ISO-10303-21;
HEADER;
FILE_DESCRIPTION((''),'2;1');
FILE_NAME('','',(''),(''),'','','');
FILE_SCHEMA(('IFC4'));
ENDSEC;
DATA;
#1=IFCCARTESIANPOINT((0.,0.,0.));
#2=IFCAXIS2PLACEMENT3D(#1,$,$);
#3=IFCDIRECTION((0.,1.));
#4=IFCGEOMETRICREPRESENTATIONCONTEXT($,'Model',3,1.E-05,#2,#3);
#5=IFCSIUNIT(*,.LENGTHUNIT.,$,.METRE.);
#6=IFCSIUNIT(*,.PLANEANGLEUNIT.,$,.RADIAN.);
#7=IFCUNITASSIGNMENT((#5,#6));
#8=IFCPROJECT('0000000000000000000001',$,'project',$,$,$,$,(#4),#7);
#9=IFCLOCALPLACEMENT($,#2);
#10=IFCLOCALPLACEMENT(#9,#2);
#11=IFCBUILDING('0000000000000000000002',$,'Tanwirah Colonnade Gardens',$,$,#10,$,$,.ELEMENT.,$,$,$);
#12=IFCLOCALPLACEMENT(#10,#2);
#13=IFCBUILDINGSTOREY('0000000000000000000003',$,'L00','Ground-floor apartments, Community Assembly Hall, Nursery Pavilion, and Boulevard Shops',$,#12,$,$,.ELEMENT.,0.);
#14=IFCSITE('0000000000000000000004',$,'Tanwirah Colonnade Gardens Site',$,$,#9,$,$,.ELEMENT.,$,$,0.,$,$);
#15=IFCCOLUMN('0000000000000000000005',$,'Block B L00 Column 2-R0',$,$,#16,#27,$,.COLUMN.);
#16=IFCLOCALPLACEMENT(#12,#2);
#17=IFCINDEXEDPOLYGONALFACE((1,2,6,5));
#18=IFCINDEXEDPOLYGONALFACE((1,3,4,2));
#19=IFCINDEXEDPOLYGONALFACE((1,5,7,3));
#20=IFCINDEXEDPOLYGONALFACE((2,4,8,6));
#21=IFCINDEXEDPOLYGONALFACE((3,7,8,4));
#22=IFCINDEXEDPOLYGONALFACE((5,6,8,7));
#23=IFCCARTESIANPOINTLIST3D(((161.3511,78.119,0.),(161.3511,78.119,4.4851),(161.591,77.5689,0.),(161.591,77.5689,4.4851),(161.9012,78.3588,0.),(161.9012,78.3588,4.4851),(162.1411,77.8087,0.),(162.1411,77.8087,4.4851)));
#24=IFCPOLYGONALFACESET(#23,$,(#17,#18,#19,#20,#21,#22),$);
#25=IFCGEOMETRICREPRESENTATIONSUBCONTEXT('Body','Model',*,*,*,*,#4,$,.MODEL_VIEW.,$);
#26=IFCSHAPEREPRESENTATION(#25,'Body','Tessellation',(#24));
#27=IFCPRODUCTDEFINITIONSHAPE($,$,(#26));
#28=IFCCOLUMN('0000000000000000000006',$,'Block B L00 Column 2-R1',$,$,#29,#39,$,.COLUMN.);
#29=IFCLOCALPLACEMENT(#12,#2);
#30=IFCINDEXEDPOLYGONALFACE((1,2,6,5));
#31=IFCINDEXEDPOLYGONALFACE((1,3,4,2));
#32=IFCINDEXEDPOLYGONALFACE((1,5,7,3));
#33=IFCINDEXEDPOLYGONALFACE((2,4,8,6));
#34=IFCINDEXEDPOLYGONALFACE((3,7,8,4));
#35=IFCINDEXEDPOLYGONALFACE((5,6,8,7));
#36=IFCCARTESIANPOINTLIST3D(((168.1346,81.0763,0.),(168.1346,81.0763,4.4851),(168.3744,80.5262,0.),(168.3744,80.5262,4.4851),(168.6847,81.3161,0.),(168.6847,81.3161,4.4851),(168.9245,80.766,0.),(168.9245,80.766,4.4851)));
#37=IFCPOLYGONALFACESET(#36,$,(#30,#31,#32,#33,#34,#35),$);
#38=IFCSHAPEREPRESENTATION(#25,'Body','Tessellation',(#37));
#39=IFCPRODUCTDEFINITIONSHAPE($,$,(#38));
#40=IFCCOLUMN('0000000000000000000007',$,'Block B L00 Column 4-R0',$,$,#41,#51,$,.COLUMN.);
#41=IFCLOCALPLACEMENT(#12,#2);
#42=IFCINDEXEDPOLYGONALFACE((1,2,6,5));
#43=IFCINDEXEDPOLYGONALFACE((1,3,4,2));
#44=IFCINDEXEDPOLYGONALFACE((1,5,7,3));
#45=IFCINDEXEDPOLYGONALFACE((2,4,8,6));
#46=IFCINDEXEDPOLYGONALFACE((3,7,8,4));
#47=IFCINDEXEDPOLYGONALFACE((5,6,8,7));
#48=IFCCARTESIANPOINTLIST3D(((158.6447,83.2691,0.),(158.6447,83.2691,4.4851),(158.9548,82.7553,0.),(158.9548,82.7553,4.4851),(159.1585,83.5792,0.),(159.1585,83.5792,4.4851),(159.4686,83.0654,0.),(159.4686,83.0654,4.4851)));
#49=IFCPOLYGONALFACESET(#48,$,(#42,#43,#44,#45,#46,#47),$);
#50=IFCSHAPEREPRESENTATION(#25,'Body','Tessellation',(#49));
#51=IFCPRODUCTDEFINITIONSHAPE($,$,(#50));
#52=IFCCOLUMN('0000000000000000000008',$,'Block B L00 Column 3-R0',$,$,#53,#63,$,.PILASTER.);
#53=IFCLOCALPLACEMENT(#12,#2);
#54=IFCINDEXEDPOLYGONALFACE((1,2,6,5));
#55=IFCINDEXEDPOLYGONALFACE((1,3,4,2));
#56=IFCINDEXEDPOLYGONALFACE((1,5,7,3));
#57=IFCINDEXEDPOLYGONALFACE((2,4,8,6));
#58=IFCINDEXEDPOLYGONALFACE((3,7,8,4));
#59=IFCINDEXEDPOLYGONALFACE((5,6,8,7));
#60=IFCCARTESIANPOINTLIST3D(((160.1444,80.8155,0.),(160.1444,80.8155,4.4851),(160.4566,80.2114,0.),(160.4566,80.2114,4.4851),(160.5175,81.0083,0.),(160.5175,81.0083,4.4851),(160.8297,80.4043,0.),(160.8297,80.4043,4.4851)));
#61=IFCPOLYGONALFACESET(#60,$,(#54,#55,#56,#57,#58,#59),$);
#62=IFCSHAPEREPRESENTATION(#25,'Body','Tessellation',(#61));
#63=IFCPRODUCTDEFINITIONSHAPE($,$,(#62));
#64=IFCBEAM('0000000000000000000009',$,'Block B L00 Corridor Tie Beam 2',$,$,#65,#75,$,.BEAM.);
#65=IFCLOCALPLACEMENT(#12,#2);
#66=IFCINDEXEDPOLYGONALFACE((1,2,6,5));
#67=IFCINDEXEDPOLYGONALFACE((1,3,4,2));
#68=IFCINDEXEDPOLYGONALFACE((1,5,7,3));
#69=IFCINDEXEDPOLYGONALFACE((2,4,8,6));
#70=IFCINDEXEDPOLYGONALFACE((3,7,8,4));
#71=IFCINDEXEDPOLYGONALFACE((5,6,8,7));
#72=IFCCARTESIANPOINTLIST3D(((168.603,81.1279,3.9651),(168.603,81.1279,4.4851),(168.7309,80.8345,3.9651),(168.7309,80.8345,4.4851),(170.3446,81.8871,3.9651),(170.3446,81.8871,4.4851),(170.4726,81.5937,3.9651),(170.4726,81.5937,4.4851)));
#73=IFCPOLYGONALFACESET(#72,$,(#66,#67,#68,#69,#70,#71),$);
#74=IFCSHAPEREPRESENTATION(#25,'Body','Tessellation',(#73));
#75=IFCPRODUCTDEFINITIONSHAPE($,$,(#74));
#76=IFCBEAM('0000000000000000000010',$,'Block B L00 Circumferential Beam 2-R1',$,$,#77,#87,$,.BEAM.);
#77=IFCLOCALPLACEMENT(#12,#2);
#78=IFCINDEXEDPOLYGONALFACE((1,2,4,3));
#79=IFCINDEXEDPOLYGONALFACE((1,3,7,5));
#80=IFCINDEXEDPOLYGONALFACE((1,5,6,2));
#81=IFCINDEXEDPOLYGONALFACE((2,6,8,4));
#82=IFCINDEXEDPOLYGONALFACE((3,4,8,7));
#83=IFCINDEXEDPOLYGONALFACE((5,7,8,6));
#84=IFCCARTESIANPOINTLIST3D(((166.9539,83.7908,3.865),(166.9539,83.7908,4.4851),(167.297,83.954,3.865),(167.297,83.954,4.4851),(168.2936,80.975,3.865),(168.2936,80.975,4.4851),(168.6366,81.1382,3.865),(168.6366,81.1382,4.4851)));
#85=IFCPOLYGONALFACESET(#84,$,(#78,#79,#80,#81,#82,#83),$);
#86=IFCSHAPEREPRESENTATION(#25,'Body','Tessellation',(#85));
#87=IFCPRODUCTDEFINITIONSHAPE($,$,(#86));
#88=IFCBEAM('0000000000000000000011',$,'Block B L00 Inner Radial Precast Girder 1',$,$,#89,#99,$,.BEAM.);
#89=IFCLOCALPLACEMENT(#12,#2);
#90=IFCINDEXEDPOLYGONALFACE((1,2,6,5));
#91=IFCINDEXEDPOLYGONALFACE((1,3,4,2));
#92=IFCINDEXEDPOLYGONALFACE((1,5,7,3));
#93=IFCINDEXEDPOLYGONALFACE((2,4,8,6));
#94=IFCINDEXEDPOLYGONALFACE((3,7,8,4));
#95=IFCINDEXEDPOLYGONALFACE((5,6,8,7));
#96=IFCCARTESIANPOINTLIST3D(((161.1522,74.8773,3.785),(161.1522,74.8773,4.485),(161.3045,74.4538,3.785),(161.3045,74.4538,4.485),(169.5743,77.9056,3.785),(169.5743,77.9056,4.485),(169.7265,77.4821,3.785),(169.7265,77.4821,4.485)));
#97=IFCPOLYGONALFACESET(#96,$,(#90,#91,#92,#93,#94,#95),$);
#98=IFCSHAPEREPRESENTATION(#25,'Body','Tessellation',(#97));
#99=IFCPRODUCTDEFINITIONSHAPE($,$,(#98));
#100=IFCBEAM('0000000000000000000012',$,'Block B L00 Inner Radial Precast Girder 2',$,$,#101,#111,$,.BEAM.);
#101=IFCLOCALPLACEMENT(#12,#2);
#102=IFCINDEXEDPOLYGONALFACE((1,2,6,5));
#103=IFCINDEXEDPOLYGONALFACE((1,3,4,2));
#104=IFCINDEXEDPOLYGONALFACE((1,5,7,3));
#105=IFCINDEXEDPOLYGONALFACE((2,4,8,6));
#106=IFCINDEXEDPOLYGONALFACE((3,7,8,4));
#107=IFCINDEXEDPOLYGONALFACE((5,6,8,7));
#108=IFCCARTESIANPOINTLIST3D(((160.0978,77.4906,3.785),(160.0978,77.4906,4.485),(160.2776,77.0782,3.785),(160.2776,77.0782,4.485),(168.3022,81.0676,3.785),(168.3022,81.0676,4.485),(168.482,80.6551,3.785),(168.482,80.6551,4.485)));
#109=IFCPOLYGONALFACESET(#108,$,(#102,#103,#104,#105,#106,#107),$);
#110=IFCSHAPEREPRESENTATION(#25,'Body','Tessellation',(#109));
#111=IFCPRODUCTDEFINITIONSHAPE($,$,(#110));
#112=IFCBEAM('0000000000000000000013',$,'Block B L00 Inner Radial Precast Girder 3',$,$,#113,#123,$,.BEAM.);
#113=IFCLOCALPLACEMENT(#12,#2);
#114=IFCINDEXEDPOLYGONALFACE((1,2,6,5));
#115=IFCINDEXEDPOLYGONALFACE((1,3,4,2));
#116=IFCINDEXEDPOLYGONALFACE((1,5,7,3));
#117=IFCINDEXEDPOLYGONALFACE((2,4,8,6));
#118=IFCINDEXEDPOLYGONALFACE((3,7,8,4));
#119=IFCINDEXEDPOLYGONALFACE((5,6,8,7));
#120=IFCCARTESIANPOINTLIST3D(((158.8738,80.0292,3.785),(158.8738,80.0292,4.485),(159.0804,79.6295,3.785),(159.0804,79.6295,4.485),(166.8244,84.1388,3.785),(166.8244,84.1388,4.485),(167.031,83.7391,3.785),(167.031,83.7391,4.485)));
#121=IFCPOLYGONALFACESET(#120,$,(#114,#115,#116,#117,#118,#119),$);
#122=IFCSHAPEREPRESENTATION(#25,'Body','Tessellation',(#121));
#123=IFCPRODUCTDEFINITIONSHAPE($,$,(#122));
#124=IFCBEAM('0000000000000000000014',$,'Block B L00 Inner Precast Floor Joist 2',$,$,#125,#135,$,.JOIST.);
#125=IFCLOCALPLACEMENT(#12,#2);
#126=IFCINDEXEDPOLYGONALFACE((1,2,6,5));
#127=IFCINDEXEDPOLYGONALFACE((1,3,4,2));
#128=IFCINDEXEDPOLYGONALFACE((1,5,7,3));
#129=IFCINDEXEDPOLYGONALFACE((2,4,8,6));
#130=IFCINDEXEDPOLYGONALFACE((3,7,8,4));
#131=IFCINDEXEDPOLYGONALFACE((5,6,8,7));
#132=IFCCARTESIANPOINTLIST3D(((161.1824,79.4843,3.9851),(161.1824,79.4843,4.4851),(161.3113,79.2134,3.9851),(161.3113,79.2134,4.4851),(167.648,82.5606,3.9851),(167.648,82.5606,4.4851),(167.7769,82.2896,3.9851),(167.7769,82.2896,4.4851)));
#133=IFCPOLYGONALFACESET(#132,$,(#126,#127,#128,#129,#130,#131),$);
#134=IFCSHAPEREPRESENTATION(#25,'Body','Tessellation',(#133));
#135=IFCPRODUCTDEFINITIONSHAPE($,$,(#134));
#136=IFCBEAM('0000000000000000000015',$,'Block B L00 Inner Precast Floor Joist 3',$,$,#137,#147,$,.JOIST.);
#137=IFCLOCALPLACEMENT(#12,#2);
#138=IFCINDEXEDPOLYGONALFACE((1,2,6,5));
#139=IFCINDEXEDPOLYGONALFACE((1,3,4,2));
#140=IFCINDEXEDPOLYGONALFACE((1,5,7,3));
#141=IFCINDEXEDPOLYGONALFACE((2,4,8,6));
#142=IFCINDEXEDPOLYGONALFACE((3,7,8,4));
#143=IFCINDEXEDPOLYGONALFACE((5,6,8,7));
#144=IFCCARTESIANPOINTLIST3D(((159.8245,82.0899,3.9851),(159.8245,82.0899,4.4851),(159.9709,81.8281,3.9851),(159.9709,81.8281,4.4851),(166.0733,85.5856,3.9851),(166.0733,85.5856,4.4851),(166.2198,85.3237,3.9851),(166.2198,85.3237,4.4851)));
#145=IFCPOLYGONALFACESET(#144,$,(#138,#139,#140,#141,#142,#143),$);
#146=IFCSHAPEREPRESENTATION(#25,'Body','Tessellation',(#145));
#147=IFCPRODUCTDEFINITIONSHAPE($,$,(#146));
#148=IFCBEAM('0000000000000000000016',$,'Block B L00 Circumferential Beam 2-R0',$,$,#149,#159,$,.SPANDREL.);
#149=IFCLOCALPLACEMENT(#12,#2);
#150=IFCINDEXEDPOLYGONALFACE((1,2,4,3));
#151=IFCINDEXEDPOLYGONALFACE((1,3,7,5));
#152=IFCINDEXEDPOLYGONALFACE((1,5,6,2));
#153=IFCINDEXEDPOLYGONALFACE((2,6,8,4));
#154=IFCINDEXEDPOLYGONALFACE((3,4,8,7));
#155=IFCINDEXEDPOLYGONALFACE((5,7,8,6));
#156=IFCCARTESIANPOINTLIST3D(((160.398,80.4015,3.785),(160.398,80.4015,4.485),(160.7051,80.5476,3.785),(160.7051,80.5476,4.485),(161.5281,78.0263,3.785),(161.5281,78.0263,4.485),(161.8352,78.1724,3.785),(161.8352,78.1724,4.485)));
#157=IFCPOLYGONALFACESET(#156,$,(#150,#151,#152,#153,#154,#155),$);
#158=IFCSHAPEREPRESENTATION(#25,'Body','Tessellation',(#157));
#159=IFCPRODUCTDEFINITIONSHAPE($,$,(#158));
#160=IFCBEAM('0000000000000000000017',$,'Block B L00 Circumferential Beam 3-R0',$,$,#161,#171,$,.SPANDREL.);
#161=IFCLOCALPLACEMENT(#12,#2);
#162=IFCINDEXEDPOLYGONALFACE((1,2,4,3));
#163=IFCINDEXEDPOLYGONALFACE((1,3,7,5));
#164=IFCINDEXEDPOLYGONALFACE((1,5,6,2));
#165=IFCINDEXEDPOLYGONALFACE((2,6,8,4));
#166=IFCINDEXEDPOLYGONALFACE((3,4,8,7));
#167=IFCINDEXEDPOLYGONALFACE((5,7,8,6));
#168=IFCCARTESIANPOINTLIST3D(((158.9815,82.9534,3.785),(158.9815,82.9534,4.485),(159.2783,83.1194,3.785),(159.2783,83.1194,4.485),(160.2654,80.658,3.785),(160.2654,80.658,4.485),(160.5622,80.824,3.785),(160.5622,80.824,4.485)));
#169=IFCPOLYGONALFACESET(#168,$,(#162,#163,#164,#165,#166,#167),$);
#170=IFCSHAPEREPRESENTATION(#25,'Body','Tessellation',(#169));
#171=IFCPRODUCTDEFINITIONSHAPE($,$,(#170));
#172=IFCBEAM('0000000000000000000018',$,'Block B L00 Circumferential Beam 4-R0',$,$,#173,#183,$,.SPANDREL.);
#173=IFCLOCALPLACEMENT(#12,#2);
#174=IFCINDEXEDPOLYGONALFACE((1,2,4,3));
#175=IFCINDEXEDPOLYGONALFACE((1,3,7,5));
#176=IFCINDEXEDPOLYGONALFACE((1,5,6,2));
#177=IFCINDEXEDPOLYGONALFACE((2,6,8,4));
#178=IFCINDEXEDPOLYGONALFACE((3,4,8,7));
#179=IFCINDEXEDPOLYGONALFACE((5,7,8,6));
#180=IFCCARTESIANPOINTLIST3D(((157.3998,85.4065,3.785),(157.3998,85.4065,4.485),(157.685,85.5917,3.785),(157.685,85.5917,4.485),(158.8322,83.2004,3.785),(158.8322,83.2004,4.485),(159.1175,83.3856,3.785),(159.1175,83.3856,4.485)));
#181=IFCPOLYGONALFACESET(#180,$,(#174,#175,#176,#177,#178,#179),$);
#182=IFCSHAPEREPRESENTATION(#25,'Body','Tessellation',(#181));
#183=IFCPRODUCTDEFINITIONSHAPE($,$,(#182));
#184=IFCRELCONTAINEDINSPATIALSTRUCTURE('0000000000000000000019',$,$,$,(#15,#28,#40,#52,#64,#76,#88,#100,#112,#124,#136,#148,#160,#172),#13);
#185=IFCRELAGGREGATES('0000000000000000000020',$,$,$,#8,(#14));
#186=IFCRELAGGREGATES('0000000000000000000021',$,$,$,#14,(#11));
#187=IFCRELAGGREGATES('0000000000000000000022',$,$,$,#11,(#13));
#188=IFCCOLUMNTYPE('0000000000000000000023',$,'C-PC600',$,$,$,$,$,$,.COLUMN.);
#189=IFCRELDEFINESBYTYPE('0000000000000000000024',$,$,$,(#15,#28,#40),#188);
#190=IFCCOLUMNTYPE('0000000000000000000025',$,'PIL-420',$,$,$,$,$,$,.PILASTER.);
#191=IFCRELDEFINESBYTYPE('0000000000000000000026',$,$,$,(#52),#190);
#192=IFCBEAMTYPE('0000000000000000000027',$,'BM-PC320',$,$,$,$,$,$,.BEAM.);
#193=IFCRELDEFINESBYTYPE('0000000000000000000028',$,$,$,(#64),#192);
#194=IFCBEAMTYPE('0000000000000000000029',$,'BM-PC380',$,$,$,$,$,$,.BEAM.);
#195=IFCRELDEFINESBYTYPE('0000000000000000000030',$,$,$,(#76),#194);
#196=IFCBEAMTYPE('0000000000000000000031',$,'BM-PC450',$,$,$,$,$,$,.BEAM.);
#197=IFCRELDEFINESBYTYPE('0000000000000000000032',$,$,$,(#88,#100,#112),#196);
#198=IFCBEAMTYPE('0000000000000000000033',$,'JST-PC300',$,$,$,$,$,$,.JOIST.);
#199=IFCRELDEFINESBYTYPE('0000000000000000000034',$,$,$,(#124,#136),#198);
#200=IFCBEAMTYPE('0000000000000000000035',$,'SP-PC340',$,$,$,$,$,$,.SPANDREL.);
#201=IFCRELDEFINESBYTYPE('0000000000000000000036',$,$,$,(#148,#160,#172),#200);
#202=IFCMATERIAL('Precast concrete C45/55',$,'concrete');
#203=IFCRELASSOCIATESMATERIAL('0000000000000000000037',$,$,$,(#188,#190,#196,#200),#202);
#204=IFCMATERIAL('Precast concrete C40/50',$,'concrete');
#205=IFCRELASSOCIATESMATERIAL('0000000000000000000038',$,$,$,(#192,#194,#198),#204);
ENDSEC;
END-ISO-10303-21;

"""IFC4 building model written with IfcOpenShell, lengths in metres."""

from ifc_helpers import new_model, si_unit, direction, frame, origin, origin_2d, place, context, subcontext, project, spatial, rectangle, extrude, material, material_profile, profile_set, type_object, element, save


model = new_model("IFC4")

# Units and contexts
model_context = context("Model", 3, precision=1e-05, world=origin(), true_north=direction((0.0, 1.0)))
body_context = subcontext(model_context, "Body", "Model", "MODEL_VIEW")
ifc_project = project(units=[si_unit("LENGTHUNIT", "METRE"), si_unit("PLANEANGLEUNIT", "RADIAN")], contexts=[model_context])

# Site, building, storey
site_placement = place(None, origin())
site = spatial("IfcSite", under=ifc_project, at=site_placement, Name="Tanwirah Colonnade Gardens Site", CompositionType="ELEMENT", RefElevation=0.0)
building_placement = place(site_placement, origin())
building = spatial("IfcBuilding", under=site, at=building_placement, Name="Tanwirah Colonnade Gardens", CompositionType="ELEMENT")
storey_placement = place(building_placement, origin())
storey = spatial("IfcBuildingStorey", under=building, at=storey_placement, Name="L00", Description="Ground-floor apartments, Community Assembly Hall, Nursery Pavilion, and Boulevard Shops", CompositionType="ELEMENT", Elevation=0.0)

# Columns
ifc_material_1 = material(Name="Precast concrete C45/55", Category="concrete")
ifc_material_profile_1 = material_profile(ifc_material_1, rectangle(XDim=0.6001, YDim=0.6001, at=origin_2d()), Name="PC-COL 600x600")
ifc_profile_set_1 = profile_set([ifc_material_profile_1], Name="Precast concrete C45/55")
column_type_1 = type_object("IfcColumnType", Name="C-PC600", PredefinedType="COLUMN", material=ifc_profile_set_1)
for number, where, z_axis, x_axis, name in (
    (1, (161.7461, 77.9639, 0.0), (0.0, 0.0, 1.0), (0.916673, 0.399638, 0.0), "Block B L00 Column 2-R0"),
    (2, (168.5295, 80.9211, 0.0), (0.0, 0.0, 1.0), (0.916673, 0.399638, 0.0), "Block B L00 Column 2-R1"),
    (3, (159.0566, 83.1672, 0.0), (0.0, 0.0, 1.0), (0.856167, 0.516699, 0.0), "Block B L00 Column 4-R0"),
):
    element("IfcColumn", number, at=place(storey_placement, frame(where, z_axis=z_axis, x_axis=x_axis)), inside=storey, type_object=column_type_1, Name=name, PredefinedType="COLUMN", context=body_context, shape_type="SweptSolid", body=[
        extrude(rectangle(XDim=0.6001, YDim=0.6001, at=origin_2d()), origin(), (0.0, 0.0, 1.0), 4.4851),
    ])
ifc_material_profile_2 = material_profile(ifc_material_1, rectangle(XDim=0.4199, YDim=0.6799, at=origin_2d()), Name="PC-PIL 420x680")
ifc_profile_set_2 = profile_set([ifc_material_profile_2], Name="Precast concrete C45/55")
column_type_2 = type_object("IfcColumnType", Name="PIL-420", PredefinedType="PILASTER", material=ifc_profile_set_2)
column_placement = place(storey_placement, frame((160.4871, 80.6099, 0.0), z_axis=(0.0, 0.0, 1.0), x_axis=(0.88835, 0.459166, 0.0)))
element("IfcColumn", 4, at=column_placement, inside=storey, type_object=column_type_2, Name="Block B L00 Column 3-R0", PredefinedType="PILASTER", context=body_context, shape_type="SweptSolid", body=[
    extrude(rectangle(XDim=0.4199, YDim=0.6799, at=origin_2d()), origin(), (0.0, 0.0, 1.0), 4.4851),
])

# Beams
ifc_material_2 = material(Name="Precast concrete C40/50", Category="concrete")
ifc_material_profile_3 = material_profile(ifc_material_2, rectangle(XDim=0.3201, YDim=0.52, at=origin_2d()), Name="PC-BM 320x520")
ifc_profile_set_3 = profile_set([ifc_material_profile_3], Name="Precast concrete C40/50")
beam_type_1 = type_object("IfcBeamType", Name="BM-PC320", PredefinedType="BEAM", material=ifc_profile_set_3)
beam_1_placement = place(storey_placement, frame((168.667, 80.9812, 4.2251), z_axis=(0.916681, 0.399619, 0.0), x_axis=(-0.399619, 0.916681, 0.0)))
element("IfcBeam", 5, at=beam_1_placement, inside=storey, type_object=beam_type_1, Name="Block B L00 Corridor Tie Beam 2", PredefinedType="BEAM", context=body_context, shape_type="SweptSolid", body=[
    extrude(rectangle(XDim=0.3201, YDim=0.52, at=origin_2d()), origin(), (0.0, 0.0, 1.0), 1.8999),
])
ifc_material_profile_4 = material_profile(ifc_material_2, rectangle(XDim=0.3799, YDim=0.6201, at=origin_2d()), Name="PC-BM 380x620")
ifc_profile_set_4 = profile_set([ifc_material_profile_4], Name="Precast concrete C40/50")
beam_type_2 = type_object("IfcBeamType", Name="BM-PC380", PredefinedType="BEAM", material=ifc_profile_set_4)
beam_2_placement = place(storey_placement, frame((168.4651, 81.0566, 4.175), z_axis=(-0.429621, 0.90301, 0.0), x_axis=(-0.90301, -0.429621, 0.0)))
element("IfcBeam", 6, at=beam_2_placement, inside=storey, type_object=beam_type_2, Name="Block B L00 Circumferential Beam 2-R1", PredefinedType="BEAM", context=body_context, shape_type="SweptSolid", body=[
    extrude(rectangle(XDim=0.3799, YDim=0.6201, at=origin_2d()), origin(), (0.0, 0.0, 1.0), 3.1182),
])
ifc_material_profile_5 = material_profile(ifc_material_1, rectangle(XDim=0.45, YDim=0.7, at=origin_2d()), Name="PC-BM 450x700")
ifc_profile_set_5 = profile_set([ifc_material_profile_5], Name="Precast concrete C45/55")
beam_type_3 = type_object("IfcBeamType", Name="BM-PC450", PredefinedType="BEAM", material=ifc_profile_set_5)
beam_3_placement = place(storey_placement, frame((169.6504, 77.6938, 4.135), z_axis=(-0.941017, -0.338359, 0.0), x_axis=(0.338359, -0.941017, 0.0)))
element("IfcBeam", 7, at=beam_3_placement, inside=storey, type_object=beam_type_3, Name="Block B L00 Inner Radial Precast Girder 1", PredefinedType="BEAM", context=body_context, shape_type="SweptSolid", body=[
    extrude(rectangle(XDim=0.45, YDim=0.7, at=origin_2d()), origin(), (0.0, 0.0, 1.0), 8.95),
])
beam_4_placement = place(storey_placement, frame((168.3921, 80.8613, 4.135), z_axis=(-0.916669, -0.399647, 0.0), x_axis=(0.399647, -0.916669, 0.0)))
element("IfcBeam", 8, at=beam_4_placement, inside=storey, type_object=beam_type_3, Name="Block B L00 Inner Radial Precast Girder 2", PredefinedType="BEAM", context=body_context, shape_type="SweptSolid", body=[
    extrude(rectangle(XDim=0.45, YDim=0.7, at=origin_2d()), origin(), (0.0, 0.0, 1.0), 8.9502),
])
beam_5_placement = place(storey_placement, frame((166.9277, 83.939, 4.135), z_axis=(-0.888345, -0.459176, 0.0), x_axis=(0.459176, -0.888345, 0.0)))
element("IfcBeam", 9, at=beam_5_placement, inside=storey, type_object=beam_type_3, Name="Block B L00 Inner Radial Precast Girder 3", PredefinedType="BEAM", context=body_context, shape_type="SweptSolid", body=[
    extrude(rectangle(XDim=0.45, YDim=0.7, at=origin_2d()), origin(), (0.0, 0.0, 1.0), 8.95),
])
ifc_material_profile_6 = material_profile(ifc_material_2, rectangle(XDim=0.3, YDim=0.5, at=origin_2d()), Name="PC-JST 300x500")
ifc_profile_set_6 = profile_set([ifc_material_profile_6], Name="Precast concrete C40/50")
beam_type_4 = type_object("IfcBeamType", Name="JST-PC300", PredefinedType="JOIST", material=ifc_profile_set_6)
for number, where, z_axis, x_axis, name in (
    (10, (161.2468, 79.3489, 4.2351), (0.903005, 0.429629, 0.0), (-0.429629, 0.903005, 0.0), "Block B L00 Inner Precast Floor Joist 2"),
    (11, (159.8977, 81.959, 4.2351), (0.872727, 0.488209, 0.0), (-0.488209, 0.872727, 0.0), "Block B L00 Inner Precast Floor Joist 3"),
):
    element("IfcBeam", number, at=place(storey_placement, frame(where, z_axis=z_axis, x_axis=x_axis)), inside=storey, type_object=beam_type_4, Name=name, PredefinedType="JOIST", context=body_context, shape_type="SweptSolid", body=[
        extrude(rectangle(XDim=0.3, YDim=0.5, at=origin_2d()), origin(), (0.0, 0.0, 1.0), 7.1602),
    ])
ifc_material_profile_7 = material_profile(ifc_material_1, rectangle(XDim=0.3401, YDim=0.7, at=origin_2d()), Name="PC-SP 340x700")
ifc_profile_set_7 = profile_set([ifc_material_profile_7], Name="Precast concrete C45/55")
beam_type_5 = type_object("IfcBeamType", Name="SP-PC340", PredefinedType="SPANDREL", material=ifc_profile_set_7)
beam_6_placement = place(storey_placement, frame((161.6816, 78.0994, 4.135), z_axis=(-0.429642, 0.902999, 0.0), x_axis=(-0.902999, -0.429642, 0.0)))
element("IfcBeam", 12, at=beam_6_placement, inside=storey, type_object=beam_type_5, Name="Block B L00 Circumferential Beam 2-R0", PredefinedType="SPANDREL", context=body_context, shape_type="SweptSolid", body=[
    extrude(rectangle(XDim=0.3401, YDim=0.7, at=origin_2d()), origin(), (0.0, 0.0, 1.0), 2.6304),
])
beam_7_placement = place(storey_placement, frame((160.4138, 80.741, 4.135), z_axis=(-0.488171, 0.872748, 0.0), x_axis=(-0.872748, -0.488171, 0.0)))
element("IfcBeam", 13, at=beam_7_placement, inside=storey, type_object=beam_type_5, Name="Block B L00 Circumferential Beam 3-R0", PredefinedType="SPANDREL", context=body_context, shape_type="SweptSolid", body=[
    extrude(rectangle(XDim=0.3401, YDim=0.7, at=origin_2d()), origin(), (0.0, 0.0, 1.0), 2.6301),
])
beam_8_placement = place(storey_placement, frame((158.9749, 83.293, 4.135), z_axis=(-0.544571, 0.838715, 0.0), x_axis=(-0.838715, -0.544571, 0.0)))
element("IfcBeam", 14, at=beam_8_placement, inside=storey, type_object=beam_type_5, Name="Block B L00 Circumferential Beam 4-R0", PredefinedType="SPANDREL", context=body_context, shape_type="SweptSolid", body=[
    extrude(rectangle(XDim=0.3401, YDim=0.7, at=origin_2d()), origin(), (0.0, 0.0, 1.0), 2.6304),
])

save(model, "model.ifc")
